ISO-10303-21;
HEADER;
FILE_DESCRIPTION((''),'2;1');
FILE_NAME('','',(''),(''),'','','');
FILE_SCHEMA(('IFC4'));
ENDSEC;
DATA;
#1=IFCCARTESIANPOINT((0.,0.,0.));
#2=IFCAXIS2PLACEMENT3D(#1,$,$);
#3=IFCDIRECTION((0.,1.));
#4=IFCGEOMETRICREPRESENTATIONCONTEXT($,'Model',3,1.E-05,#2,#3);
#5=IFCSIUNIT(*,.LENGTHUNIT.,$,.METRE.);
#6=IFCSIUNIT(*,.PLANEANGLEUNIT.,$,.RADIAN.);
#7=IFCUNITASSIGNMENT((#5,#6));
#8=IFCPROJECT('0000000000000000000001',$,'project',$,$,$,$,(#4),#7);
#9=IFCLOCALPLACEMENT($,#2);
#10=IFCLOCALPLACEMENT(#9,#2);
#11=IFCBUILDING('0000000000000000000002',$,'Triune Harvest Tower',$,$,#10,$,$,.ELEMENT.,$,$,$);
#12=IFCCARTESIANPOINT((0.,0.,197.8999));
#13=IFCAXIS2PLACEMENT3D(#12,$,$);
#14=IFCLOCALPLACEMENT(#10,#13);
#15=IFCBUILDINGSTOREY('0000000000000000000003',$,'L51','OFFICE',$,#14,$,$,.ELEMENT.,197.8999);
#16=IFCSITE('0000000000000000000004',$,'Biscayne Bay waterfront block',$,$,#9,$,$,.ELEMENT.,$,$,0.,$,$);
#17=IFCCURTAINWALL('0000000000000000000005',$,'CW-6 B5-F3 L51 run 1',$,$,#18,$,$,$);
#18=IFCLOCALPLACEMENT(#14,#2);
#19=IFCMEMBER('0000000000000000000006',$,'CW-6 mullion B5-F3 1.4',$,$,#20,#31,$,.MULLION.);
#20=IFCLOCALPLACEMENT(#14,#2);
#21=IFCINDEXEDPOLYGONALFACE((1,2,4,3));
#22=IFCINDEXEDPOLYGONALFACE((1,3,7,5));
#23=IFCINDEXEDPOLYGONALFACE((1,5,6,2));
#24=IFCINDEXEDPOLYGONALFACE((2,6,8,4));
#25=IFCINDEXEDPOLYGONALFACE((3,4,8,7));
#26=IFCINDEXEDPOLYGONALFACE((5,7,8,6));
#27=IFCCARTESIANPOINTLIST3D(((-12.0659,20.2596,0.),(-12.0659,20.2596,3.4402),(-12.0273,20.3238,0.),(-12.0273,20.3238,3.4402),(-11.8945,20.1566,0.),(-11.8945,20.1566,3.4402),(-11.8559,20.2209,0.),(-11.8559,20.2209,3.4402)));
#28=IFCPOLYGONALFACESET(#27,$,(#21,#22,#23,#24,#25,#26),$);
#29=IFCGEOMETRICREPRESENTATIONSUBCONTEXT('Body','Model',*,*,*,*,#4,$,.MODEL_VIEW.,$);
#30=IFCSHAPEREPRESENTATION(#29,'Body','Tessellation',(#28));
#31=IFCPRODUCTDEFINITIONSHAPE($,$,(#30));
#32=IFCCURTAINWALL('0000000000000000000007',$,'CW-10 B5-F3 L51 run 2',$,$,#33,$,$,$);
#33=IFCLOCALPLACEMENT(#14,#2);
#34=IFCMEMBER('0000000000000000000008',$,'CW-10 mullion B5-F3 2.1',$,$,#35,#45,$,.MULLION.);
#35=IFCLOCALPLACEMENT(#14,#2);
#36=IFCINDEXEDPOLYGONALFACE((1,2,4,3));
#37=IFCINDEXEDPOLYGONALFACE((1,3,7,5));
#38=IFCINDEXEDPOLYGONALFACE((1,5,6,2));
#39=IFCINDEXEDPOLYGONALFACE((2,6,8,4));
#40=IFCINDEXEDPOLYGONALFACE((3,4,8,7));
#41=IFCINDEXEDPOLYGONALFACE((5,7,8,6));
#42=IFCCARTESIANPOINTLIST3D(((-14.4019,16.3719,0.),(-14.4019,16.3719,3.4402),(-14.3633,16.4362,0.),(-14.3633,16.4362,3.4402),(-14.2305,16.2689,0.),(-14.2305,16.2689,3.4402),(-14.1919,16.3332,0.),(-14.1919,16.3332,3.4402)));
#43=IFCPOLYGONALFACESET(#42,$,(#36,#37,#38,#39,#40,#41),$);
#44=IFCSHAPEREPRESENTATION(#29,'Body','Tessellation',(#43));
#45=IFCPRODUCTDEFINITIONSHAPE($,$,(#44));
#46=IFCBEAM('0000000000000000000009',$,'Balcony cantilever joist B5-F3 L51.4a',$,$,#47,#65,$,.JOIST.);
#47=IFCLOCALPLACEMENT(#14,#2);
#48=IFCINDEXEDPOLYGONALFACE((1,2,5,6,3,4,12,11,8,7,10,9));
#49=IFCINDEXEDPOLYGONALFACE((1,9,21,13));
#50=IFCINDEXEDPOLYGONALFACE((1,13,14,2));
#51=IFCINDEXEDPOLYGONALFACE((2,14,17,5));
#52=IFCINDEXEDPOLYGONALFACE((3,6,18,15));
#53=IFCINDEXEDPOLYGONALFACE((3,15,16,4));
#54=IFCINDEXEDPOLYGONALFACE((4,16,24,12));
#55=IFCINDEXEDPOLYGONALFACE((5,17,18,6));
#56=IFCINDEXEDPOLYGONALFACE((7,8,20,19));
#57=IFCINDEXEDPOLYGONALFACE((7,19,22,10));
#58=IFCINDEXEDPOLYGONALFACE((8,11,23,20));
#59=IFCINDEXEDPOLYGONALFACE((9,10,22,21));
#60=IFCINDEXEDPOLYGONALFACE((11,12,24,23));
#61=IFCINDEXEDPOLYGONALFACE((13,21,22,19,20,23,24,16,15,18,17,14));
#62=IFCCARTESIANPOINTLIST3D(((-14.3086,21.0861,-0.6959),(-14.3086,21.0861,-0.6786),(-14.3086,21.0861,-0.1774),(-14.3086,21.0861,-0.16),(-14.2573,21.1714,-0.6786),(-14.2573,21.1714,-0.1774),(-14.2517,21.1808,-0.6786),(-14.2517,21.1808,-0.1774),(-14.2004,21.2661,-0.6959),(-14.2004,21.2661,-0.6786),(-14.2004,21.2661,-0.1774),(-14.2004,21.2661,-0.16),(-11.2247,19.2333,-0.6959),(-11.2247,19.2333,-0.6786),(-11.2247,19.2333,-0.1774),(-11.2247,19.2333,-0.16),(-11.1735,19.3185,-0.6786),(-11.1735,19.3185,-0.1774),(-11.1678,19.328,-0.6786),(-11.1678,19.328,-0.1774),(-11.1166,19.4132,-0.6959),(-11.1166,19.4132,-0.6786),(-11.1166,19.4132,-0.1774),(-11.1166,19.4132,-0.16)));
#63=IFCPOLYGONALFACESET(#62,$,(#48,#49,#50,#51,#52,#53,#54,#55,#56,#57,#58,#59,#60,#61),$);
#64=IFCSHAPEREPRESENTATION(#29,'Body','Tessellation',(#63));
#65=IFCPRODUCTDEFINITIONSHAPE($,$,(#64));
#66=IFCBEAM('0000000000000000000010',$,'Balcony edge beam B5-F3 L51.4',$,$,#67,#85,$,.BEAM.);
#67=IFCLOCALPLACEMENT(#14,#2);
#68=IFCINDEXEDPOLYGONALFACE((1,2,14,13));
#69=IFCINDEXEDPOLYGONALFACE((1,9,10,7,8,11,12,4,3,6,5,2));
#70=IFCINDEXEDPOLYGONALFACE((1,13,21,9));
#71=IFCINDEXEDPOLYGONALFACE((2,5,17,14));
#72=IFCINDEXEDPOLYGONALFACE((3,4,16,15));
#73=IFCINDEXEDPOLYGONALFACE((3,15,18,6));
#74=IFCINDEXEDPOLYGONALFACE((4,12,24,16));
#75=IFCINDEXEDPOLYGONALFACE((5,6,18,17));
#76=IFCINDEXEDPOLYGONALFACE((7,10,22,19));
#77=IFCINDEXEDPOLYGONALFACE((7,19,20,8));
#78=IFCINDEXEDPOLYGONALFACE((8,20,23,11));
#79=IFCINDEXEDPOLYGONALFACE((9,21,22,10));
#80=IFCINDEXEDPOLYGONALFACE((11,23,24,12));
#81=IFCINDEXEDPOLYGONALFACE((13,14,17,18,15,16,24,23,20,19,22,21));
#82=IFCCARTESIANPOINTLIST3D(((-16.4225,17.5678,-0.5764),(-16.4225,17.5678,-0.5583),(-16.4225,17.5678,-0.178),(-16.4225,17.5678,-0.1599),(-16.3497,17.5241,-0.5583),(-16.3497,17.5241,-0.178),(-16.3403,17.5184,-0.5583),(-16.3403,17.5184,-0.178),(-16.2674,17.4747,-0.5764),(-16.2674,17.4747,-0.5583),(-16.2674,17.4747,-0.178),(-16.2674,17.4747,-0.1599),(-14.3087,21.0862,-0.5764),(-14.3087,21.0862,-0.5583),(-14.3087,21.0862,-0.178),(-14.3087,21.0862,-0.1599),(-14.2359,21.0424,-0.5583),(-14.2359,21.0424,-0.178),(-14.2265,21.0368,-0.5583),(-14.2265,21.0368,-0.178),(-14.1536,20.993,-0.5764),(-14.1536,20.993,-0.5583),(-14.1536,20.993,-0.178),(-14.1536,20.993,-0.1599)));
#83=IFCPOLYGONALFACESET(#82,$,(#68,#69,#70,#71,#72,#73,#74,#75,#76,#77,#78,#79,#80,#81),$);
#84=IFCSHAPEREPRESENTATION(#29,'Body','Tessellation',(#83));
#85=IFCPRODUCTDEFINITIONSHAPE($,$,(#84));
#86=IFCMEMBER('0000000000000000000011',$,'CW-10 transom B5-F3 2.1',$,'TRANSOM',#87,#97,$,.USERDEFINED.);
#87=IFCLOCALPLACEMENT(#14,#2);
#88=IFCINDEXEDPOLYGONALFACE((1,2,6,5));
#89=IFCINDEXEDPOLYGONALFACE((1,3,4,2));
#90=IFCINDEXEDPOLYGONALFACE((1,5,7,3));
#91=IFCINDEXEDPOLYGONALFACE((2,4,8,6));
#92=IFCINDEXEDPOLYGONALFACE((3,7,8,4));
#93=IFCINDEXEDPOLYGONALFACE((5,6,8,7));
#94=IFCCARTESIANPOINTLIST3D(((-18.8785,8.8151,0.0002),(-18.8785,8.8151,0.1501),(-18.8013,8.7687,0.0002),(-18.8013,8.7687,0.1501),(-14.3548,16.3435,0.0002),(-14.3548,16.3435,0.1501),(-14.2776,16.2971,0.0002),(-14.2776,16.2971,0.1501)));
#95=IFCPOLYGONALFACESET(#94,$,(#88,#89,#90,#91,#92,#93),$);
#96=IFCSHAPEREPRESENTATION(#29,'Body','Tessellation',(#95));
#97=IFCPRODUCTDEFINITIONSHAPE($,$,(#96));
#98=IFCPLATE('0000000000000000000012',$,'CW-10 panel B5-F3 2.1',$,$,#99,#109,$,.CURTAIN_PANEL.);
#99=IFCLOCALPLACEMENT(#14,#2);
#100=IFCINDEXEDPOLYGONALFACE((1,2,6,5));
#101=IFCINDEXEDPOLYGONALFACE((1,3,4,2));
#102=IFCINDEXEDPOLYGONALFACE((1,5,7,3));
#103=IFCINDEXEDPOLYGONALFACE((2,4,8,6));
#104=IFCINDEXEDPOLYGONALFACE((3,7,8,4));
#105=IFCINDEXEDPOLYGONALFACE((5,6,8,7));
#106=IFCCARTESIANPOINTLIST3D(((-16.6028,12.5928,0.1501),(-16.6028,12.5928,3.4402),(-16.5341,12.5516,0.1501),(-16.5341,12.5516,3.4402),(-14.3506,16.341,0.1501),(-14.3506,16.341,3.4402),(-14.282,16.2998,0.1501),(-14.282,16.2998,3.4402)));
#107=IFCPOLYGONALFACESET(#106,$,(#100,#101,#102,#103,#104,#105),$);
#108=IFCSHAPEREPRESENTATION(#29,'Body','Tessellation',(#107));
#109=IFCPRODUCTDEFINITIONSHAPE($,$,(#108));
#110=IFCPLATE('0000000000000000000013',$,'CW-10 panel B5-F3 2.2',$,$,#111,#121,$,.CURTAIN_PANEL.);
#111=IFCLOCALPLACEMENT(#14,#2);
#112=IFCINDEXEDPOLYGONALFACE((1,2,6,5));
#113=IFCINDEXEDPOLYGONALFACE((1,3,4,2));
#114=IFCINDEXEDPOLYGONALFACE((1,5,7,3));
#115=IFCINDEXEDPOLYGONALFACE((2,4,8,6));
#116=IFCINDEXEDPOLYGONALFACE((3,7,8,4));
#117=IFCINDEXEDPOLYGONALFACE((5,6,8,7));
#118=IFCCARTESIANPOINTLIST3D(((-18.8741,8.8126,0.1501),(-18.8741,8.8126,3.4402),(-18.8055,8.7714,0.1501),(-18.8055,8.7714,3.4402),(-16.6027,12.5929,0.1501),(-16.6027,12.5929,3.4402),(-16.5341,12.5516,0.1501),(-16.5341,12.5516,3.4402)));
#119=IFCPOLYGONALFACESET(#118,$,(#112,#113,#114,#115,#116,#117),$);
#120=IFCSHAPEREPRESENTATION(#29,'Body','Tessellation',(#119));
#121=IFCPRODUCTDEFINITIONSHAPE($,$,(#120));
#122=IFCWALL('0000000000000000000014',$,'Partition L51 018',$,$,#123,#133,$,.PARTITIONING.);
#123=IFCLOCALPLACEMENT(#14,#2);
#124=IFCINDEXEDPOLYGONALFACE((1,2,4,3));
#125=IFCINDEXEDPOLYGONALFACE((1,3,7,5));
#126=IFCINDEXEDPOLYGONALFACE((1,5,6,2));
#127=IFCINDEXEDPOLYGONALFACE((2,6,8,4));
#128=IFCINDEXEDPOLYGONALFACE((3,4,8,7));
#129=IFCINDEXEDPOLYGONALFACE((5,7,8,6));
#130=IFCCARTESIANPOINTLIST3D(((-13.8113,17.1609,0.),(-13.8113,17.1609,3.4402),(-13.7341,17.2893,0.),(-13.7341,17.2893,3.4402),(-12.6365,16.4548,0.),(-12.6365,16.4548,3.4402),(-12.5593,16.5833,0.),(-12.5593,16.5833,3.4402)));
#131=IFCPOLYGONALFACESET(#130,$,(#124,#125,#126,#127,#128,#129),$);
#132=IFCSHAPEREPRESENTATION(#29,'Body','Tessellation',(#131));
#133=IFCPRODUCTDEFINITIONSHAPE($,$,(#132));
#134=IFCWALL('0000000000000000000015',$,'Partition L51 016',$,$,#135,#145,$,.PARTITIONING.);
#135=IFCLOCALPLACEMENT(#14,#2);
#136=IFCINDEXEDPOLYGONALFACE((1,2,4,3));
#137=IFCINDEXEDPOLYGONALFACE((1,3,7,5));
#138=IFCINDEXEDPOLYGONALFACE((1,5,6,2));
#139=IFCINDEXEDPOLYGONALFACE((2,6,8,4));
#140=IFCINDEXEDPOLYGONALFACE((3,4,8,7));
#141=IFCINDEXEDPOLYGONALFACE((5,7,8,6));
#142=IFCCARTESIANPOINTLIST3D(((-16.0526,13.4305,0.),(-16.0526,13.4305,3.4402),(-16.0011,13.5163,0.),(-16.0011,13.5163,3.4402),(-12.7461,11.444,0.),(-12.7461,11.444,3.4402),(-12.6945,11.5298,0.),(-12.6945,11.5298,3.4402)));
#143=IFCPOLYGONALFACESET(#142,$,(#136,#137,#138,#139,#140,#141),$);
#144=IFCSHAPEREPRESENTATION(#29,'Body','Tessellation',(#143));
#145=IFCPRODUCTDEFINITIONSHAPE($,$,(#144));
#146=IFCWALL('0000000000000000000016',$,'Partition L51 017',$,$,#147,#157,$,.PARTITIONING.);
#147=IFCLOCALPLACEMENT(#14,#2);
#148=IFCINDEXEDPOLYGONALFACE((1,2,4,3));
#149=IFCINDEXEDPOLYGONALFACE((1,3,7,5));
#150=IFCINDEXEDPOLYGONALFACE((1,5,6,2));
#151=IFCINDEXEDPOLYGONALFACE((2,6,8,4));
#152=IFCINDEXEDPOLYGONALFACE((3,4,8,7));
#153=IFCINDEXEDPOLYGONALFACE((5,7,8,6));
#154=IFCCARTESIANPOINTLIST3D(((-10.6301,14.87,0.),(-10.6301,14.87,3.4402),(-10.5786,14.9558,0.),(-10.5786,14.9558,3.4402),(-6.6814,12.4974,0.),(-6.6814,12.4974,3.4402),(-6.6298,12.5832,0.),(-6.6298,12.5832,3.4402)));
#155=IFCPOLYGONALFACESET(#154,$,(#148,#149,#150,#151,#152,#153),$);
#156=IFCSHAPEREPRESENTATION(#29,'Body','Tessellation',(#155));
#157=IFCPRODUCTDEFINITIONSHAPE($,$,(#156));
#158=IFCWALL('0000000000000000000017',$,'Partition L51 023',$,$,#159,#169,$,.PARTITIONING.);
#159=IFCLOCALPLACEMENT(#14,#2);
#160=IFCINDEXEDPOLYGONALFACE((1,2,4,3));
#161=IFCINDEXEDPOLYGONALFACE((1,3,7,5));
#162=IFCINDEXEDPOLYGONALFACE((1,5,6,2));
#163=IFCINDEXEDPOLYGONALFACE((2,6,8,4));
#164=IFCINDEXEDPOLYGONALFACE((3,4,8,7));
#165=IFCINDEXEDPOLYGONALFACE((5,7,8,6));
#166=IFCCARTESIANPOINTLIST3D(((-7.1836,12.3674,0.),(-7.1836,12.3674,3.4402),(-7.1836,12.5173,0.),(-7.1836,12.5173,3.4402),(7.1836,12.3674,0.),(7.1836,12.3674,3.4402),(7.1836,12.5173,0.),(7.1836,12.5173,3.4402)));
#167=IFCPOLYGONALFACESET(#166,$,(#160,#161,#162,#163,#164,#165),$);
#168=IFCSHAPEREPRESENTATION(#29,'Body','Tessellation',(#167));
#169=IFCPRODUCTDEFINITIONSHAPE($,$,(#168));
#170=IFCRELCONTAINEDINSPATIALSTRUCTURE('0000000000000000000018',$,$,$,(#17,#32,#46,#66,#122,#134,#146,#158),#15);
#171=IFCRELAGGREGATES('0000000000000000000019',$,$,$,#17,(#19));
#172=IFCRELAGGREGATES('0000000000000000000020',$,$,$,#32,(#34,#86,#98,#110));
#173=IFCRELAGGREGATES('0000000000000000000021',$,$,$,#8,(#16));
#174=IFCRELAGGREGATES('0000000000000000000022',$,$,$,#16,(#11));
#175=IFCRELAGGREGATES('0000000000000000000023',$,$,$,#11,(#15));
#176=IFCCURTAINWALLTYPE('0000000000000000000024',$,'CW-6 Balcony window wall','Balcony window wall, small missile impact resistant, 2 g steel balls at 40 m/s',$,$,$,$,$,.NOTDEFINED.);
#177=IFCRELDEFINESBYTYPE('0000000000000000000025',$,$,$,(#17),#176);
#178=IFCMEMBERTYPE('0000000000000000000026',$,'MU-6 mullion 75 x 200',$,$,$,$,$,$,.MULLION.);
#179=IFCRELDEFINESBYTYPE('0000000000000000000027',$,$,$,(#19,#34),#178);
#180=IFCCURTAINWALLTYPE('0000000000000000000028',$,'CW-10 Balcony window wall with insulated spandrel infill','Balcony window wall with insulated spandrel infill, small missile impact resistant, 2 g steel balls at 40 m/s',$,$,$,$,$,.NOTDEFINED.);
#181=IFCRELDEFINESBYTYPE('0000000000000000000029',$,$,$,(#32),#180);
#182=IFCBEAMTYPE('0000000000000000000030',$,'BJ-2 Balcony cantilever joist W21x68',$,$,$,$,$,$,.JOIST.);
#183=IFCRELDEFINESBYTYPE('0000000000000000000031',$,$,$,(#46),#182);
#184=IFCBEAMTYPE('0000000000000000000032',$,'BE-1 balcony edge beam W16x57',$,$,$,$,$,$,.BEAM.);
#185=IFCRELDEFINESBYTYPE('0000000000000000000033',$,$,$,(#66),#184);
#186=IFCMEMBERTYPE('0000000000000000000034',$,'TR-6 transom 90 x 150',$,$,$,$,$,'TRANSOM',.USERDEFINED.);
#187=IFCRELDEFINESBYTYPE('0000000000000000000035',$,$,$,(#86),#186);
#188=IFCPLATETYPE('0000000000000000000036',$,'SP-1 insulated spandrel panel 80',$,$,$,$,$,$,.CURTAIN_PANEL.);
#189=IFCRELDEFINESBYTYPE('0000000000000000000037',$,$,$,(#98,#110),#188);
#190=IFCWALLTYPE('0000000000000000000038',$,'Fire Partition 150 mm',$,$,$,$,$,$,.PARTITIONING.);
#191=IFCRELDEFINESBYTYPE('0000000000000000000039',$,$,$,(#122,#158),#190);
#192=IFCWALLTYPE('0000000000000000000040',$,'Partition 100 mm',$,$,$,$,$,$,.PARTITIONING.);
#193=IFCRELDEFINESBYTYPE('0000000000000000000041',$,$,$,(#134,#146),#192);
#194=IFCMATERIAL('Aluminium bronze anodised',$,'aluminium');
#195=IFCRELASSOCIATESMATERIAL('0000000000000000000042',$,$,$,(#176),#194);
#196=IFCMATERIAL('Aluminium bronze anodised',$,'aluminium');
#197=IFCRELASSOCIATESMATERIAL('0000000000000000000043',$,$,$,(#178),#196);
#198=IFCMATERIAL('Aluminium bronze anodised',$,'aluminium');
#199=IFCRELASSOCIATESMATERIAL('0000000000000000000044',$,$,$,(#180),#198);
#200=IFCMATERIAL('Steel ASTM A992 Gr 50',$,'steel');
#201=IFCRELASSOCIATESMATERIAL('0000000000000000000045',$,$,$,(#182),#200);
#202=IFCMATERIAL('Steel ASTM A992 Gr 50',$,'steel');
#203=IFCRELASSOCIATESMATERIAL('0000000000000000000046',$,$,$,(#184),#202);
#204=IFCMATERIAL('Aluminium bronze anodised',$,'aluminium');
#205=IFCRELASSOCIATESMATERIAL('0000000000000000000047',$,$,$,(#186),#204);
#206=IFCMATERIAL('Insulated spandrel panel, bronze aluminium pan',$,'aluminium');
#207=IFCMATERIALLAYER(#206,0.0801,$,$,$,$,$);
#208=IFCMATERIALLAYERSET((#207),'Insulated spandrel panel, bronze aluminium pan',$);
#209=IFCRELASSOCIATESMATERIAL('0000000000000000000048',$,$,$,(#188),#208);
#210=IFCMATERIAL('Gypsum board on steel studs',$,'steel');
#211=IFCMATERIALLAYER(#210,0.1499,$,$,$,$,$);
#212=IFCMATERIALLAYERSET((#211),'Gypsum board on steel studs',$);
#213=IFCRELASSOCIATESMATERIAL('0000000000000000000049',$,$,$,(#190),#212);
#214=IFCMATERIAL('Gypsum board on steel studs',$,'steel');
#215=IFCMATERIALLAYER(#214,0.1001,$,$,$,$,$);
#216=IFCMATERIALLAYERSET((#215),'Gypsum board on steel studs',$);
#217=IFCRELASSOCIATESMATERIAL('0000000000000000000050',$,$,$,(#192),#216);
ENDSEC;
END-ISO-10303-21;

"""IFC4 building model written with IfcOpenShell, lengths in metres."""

from ifc_helpers import new_model, si_unit, direction, frame, frame_2d, origin, origin_2d, place, context, subcontext, project, spatial, rectangle, i_section, extrude, source, transform, mapped, material, layer, layer_set, material_profile, profile_set, type_object, element, aggregate, save


model = new_model("IFC4")

# Units and contexts
model_context = context("Model", 3, precision=1e-05, world=origin(), true_north=direction((0.0, 1.0)))
body_context = subcontext(model_context, "Body", "Model", "MODEL_VIEW")
ifc_project = project(units=[si_unit("LENGTHUNIT", "METRE"), si_unit("PLANEANGLEUNIT", "RADIAN")], contexts=[model_context])

# Site, building, storey
site_placement = place(None, origin())
site = spatial("IfcSite", under=ifc_project, at=site_placement, Name="Biscayne Bay waterfront block", CompositionType="ELEMENT", RefElevation=0.0)
building_placement = place(site_placement, origin())
building = spatial("IfcBuilding", under=site, at=building_placement, Name="Triune Harvest Tower", CompositionType="ELEMENT")
storey_placement = place(building_placement, frame((0.0, 0.0, 197.8999)))
storey = spatial("IfcBuildingStorey", under=building, at=storey_placement, Name="L51", Description="OFFICE", CompositionType="ELEMENT", Elevation=197.8999)

# Curtain walls, members
ifc_material_1 = material(Name="Aluminium bronze anodised", Category="aluminium")
curtain_wall_type_1 = type_object("IfcCurtainWallType", Name="CW-6 Balcony window wall", Description="Balcony window wall, small missile impact resistant, 2 g steel balls at 40 m/s", PredefinedType="NOTDEFINED", material=ifc_material_1)
curtain_wall_1_placement = place(storey_placement, origin())
curtain_wall_1 = element("IfcCurtainWall", 1, at=curtain_wall_1_placement, inside=storey, type_object=curtain_wall_type_1, Name="CW-6 B5-F3 L51 run 1")
ifc_material_2 = material(Name="Aluminium bronze anodised", Category="aluminium")
ifc_material_profile_1 = material_profile(ifc_material_2, rectangle(XDim=0.2, YDim=0.075, at=origin_2d()), Name="MU-6 mullion 75 x 200")
ifc_profile_set_1 = profile_set([ifc_material_profile_1], Name="Aluminium bronze anodised")
member_type_1 = type_object("IfcMemberType", Name="MU-6 mullion 75 x 200", PredefinedType="MULLION", material=ifc_profile_set_1)
shared_shape_1 = source(origin(), body_context, "Body", "SweptSolid", [
    extrude(rectangle(XDim=0.2, YDim=0.075, at=origin_2d()), origin(), (0.0, 0.0, 1.0), 3.4402),
])
member_1_placement = place(storey_placement, frame((-11.9609, 20.2402, 0.0), z_axis=(0.0, 0.0, 1.0), x_axis=(0.857168, -0.515037, 0.0)))
member_1 = element("IfcMember", 2, at=member_1_placement, type_object=member_type_1, Name="CW-6 mullion B5-F3 1.4", PredefinedType="MULLION", context=body_context, shape_type="MappedRepresentation", body=[
    mapped(shared_shape_1, transform((0.0, 0.0, 0.0), scale=1.0)),
])
aggregate(curtain_wall_1, [member_1])
ifc_material_3 = material(Name="Aluminium bronze anodised", Category="aluminium")
curtain_wall_type_2 = type_object("IfcCurtainWallType", Name="CW-10 Balcony window wall with insulated spandrel infill", Description="Balcony window wall with insulated spandrel infill, small missile impact resistant, 2 g steel balls at 40 m/s", PredefinedType="NOTDEFINED", material=ifc_material_3)
curtain_wall_2_placement = place(storey_placement, origin())
curtain_wall_2 = element("IfcCurtainWall", 3, at=curtain_wall_2_placement, inside=storey, type_object=curtain_wall_type_2, Name="CW-10 B5-F3 L51 run 2")
member_2_placement = place(storey_placement, frame((-14.2969, 16.3525, 0.0), z_axis=(0.0, 0.0, 1.0), x_axis=(0.857167, -0.515038, 0.0)))
member_2 = element("IfcMember", 4, at=member_2_placement, type_object=member_type_1, Name="CW-10 mullion B5-F3 2.1", PredefinedType="MULLION", context=body_context, shape_type="MappedRepresentation", body=[
    mapped(shared_shape_1, transform((0.0, 0.0, 0.0), scale=1.0)),
])

# Beams
ifc_material_4 = material(Name="Steel ASTM A992 Gr 50", Category="steel")
ifc_material_profile_2 = material_profile(ifc_material_4, i_section(OverallWidth=0.21, OverallDepth=0.5359, WebThickness=0.011, FlangeThickness=0.0173, at=origin_2d()), Name="W21x68")
ifc_profile_set_2 = profile_set([ifc_material_profile_2], Name="Steel ASTM A992 Gr 50")
beam_type_1 = type_object("IfcBeamType", Name="BJ-2 Balcony cantilever joist W21x68", PredefinedType="JOIST", material=ifc_profile_set_2)
shared_shape_2 = source(origin(), body_context, "Body", "SweptSolid", [
    extrude(i_section(OverallWidth=0.21, OverallDepth=0.5359, WebThickness=0.011, FlangeThickness=0.0173, at=origin_2d()), origin(), (0.0, 0.0, 1.0), 3.5977),
])
beam_1_placement = place(storey_placement, frame((-11.1707, 19.3232, -0.428), z_axis=(-0.857181, 0.515015, 0.0), x_axis=(-0.515015, -0.857181, 0.0)))
element("IfcBeam", 5, at=beam_1_placement, inside=storey, type_object=beam_type_1, Name="Balcony cantilever joist B5-F3 L51.4a", PredefinedType="JOIST", context=body_context, shape_type="MappedRepresentation", body=[
    mapped(shared_shape_2, transform((0.0, 0.0, 0.0), scale=1.0)),
])
ifc_material_5 = material(Name="Steel ASTM A992 Gr 50", Category="steel")
ifc_material_profile_3 = material_profile(ifc_material_5, i_section(OverallWidth=0.1809, OverallDepth=0.4165, WebThickness=0.011, FlangeThickness=0.0181, at=origin_2d()), Name="W16x57")
ifc_profile_set_3 = profile_set([ifc_material_profile_3], Name="Steel ASTM A992 Gr 50")
beam_type_2 = type_object("IfcBeamType", Name="BE-1 balcony edge beam W16x57", PredefinedType="BEAM", material=ifc_profile_set_3)
shared_shape_3 = source(origin(), body_context, "Body", "SweptSolid", [
    extrude(i_section(OverallWidth=0.1809, OverallDepth=0.4165, WebThickness=0.011, FlangeThickness=0.0181, at=origin_2d()), origin(), (0.0, 0.0, 1.0), 4.1045),
])
beam_2_placement = place(storey_placement, frame((-16.345, 17.5212, -0.3682), z_axis=(0.514994, 0.857194, 0.0), x_axis=(-0.857194, 0.514994, 0.0)))
element("IfcBeam", 6, at=beam_2_placement, inside=storey, type_object=beam_type_2, Name="Balcony edge beam B5-F3 L51.4", PredefinedType="BEAM", context=body_context, shape_type="MappedRepresentation", body=[
    mapped(shared_shape_3, transform((0.0, 0.0, 0.0), scale=1.0)),
])

# Member
ifc_material_6 = material(Name="Aluminium bronze anodised", Category="aluminium")
ifc_material_profile_4 = material_profile(ifc_material_6, rectangle(XDim=0.0901, YDim=0.1499, at=origin_2d()), Name="TR-6 transom 90 x 150")
ifc_profile_set_4 = profile_set([ifc_material_profile_4], Name="Aluminium bronze anodised")
member_type_2 = type_object("IfcMemberType", Name="TR-6 transom 90 x 150", ElementType="TRANSOM", PredefinedType="USERDEFINED", material=ifc_profile_set_4)
shared_shape_4 = source(origin(), body_context, "Body", "SweptSolid", [
    extrude(rectangle(XDim=0.0901, YDim=0.1499, at=origin_2d()), origin(), (0.0, 0.0, 1.0), 8.783),
])
member_3_placement = place(storey_placement, frame((-14.3162, 16.3203, 0.0752), z_axis=(-0.515056, -0.857157, 0.0), x_axis=(0.857157, -0.515056, 0.0)))
member_3 = element("IfcMember", 7, at=member_3_placement, type_object=member_type_2, Name="CW-10 transom B5-F3 2.1", ObjectType="TRANSOM", PredefinedType="USERDEFINED", context=body_context, shape_type="MappedRepresentation", body=[
    mapped(shared_shape_4, transform((0.0, 0.0, 0.0), scale=1.0)),
])

# Plates
ifc_material_7 = material(Name="Insulated spandrel panel, bronze aluminium pan", Category="aluminium")
ifc_layer_1 = layer(ifc_material_7, 0.0801)
ifc_layer_set_1 = layer_set([ifc_layer_1], Name="Insulated spandrel panel, bronze aluminium pan")
plate_type = type_object("IfcPlateType", Name="SP-1 insulated spandrel panel 80", PredefinedType="CURTAIN_PANEL", material=ifc_layer_set_1)
shared_shape_5 = source(origin(), body_context, "Body", "SweptSolid", [
    extrude(rectangle(XDim=4.3728, YDim=0.0801, at=origin_2d()), origin(), (0.0, 0.0, 1.0), 3.29),
])
plate_1_placement = place(storey_placement, frame((-15.4424, 14.4463, 0.1501), z_axis=(0.0, 0.0, 1.0), x_axis=(-0.515038, -0.857167, 0.0)))
plate_1 = element("IfcPlate", 8, at=plate_1_placement, type_object=plate_type, Name="CW-10 panel B5-F3 2.1", PredefinedType="CURTAIN_PANEL", context=body_context, shape_type="MappedRepresentation", body=[
    mapped(shared_shape_5, transform((0.0, 0.0, 0.0), scale=1.0)),
])
shared_shape_6 = source(origin(), body_context, "Body", "SweptSolid", [
    extrude(rectangle(XDim=4.4102, YDim=0.0801, at=origin_2d()), origin(), (0.0, 0.0, 1.0), 3.29),
])
plate_2_placement = place(storey_placement, frame((-17.7041, 10.6821, 0.1501), z_axis=(0.0, 0.0, 1.0), x_axis=(-0.515038, -0.857167, 0.0)))
plate_2 = element("IfcPlate", 9, at=plate_2_placement, type_object=plate_type, Name="CW-10 panel B5-F3 2.2", PredefinedType="CURTAIN_PANEL", context=body_context, shape_type="MappedRepresentation", body=[
    mapped(shared_shape_6, transform((0.0, 0.0, 0.0), scale=1.0)),
])
aggregate(curtain_wall_2, [member_2, member_3, plate_1, plate_2])

# Walls
ifc_material_8 = material(Name="Gypsum board on steel studs", Category="steel")
ifc_layer_2 = layer(ifc_material_8, 0.1499)
ifc_layer_set_2 = layer_set([ifc_layer_2], Name="Gypsum board on steel studs")
wall_type_1 = type_object("IfcWallType", Name="Fire Partition 150 mm", PredefinedType="PARTITIONING", material=ifc_layer_set_2)
wall_1_placement = place(storey_placement, frame((-13.7727, 17.2251, 0.0), z_axis=(0.0, 0.0, 1.0), x_axis=(0.857115, -0.515124, 0.0)))
element("IfcWall", 10, at=wall_1_placement, inside=storey, type_object=wall_type_1, Name="Partition L51 018", PredefinedType="PARTITIONING", context=body_context, shape_type="SweptSolid", body=[
    extrude(rectangle(XDim=1.3706, YDim=0.1499, at=frame_2d((0.6853, 0.0))), origin(), (0.0, 0.0, 1.0), 3.4402),
])
ifc_material_9 = material(Name="Gypsum board on steel studs", Category="steel")
ifc_layer_3 = layer(ifc_material_9, 0.1001)
ifc_layer_set_3 = layer_set([ifc_layer_3], Name="Gypsum board on steel studs")
wall_type_2 = type_object("IfcWallType", Name="Partition 100 mm", PredefinedType="PARTITIONING", material=ifc_layer_set_3)
wall_2_placement = place(storey_placement, frame((-16.0269, 13.4734, 0.0), z_axis=(0.0, 0.0, 1.0), x_axis=(0.857197, -0.514989, 0.0)))
element("IfcWall", 11, at=wall_2_placement, inside=storey, type_object=wall_type_2, Name="Partition L51 016", PredefinedType="PARTITIONING", context=body_context, shape_type="SweptSolid", body=[
    extrude(rectangle(XDim=3.8574, YDim=0.1001, at=frame_2d((1.9287, 0.0))), origin(), (0.0, 0.0, 1.0), 3.4402),
])
wall_3_placement = place(storey_placement, frame((-10.6042, 14.9128, 0.0), z_axis=(0.0, 0.0, 1.0), x_axis=(0.857175, -0.515026, 0.0)))
element("IfcWall", 12, at=wall_3_placement, inside=storey, type_object=wall_type_2, Name="Partition L51 017", PredefinedType="PARTITIONING", context=body_context, shape_type="SweptSolid", body=[
    extrude(rectangle(XDim=4.6067, YDim=0.1001, at=frame_2d((2.3032, 0.0))), origin(), (0.0, 0.0, 1.0), 3.4402),
])

# Wall
shared_shape_7 = source(origin(), body_context, "Body", "SweptSolid", [
    extrude(rectangle(XDim=14.3672, YDim=0.1499, at=frame_2d((7.1836, 0.0))), origin(), (0.0, 0.0, 1.0), 3.4402),
])
wall_4_placement = place(storey_placement, frame((-7.1836, 12.4424, 0.0), z_axis=(0.0, 0.0, 1.0), x_axis=(1.0, 0.0, 0.0)))
element("IfcWall", 13, at=wall_4_placement, inside=storey, type_object=wall_type_1, Name="Partition L51 023", PredefinedType="PARTITIONING", context=body_context, shape_type="MappedRepresentation", body=[
    mapped(shared_shape_7, transform((0.0, 0.0, 0.0), scale=1.0)),
])

save(model, "model.ifc")
